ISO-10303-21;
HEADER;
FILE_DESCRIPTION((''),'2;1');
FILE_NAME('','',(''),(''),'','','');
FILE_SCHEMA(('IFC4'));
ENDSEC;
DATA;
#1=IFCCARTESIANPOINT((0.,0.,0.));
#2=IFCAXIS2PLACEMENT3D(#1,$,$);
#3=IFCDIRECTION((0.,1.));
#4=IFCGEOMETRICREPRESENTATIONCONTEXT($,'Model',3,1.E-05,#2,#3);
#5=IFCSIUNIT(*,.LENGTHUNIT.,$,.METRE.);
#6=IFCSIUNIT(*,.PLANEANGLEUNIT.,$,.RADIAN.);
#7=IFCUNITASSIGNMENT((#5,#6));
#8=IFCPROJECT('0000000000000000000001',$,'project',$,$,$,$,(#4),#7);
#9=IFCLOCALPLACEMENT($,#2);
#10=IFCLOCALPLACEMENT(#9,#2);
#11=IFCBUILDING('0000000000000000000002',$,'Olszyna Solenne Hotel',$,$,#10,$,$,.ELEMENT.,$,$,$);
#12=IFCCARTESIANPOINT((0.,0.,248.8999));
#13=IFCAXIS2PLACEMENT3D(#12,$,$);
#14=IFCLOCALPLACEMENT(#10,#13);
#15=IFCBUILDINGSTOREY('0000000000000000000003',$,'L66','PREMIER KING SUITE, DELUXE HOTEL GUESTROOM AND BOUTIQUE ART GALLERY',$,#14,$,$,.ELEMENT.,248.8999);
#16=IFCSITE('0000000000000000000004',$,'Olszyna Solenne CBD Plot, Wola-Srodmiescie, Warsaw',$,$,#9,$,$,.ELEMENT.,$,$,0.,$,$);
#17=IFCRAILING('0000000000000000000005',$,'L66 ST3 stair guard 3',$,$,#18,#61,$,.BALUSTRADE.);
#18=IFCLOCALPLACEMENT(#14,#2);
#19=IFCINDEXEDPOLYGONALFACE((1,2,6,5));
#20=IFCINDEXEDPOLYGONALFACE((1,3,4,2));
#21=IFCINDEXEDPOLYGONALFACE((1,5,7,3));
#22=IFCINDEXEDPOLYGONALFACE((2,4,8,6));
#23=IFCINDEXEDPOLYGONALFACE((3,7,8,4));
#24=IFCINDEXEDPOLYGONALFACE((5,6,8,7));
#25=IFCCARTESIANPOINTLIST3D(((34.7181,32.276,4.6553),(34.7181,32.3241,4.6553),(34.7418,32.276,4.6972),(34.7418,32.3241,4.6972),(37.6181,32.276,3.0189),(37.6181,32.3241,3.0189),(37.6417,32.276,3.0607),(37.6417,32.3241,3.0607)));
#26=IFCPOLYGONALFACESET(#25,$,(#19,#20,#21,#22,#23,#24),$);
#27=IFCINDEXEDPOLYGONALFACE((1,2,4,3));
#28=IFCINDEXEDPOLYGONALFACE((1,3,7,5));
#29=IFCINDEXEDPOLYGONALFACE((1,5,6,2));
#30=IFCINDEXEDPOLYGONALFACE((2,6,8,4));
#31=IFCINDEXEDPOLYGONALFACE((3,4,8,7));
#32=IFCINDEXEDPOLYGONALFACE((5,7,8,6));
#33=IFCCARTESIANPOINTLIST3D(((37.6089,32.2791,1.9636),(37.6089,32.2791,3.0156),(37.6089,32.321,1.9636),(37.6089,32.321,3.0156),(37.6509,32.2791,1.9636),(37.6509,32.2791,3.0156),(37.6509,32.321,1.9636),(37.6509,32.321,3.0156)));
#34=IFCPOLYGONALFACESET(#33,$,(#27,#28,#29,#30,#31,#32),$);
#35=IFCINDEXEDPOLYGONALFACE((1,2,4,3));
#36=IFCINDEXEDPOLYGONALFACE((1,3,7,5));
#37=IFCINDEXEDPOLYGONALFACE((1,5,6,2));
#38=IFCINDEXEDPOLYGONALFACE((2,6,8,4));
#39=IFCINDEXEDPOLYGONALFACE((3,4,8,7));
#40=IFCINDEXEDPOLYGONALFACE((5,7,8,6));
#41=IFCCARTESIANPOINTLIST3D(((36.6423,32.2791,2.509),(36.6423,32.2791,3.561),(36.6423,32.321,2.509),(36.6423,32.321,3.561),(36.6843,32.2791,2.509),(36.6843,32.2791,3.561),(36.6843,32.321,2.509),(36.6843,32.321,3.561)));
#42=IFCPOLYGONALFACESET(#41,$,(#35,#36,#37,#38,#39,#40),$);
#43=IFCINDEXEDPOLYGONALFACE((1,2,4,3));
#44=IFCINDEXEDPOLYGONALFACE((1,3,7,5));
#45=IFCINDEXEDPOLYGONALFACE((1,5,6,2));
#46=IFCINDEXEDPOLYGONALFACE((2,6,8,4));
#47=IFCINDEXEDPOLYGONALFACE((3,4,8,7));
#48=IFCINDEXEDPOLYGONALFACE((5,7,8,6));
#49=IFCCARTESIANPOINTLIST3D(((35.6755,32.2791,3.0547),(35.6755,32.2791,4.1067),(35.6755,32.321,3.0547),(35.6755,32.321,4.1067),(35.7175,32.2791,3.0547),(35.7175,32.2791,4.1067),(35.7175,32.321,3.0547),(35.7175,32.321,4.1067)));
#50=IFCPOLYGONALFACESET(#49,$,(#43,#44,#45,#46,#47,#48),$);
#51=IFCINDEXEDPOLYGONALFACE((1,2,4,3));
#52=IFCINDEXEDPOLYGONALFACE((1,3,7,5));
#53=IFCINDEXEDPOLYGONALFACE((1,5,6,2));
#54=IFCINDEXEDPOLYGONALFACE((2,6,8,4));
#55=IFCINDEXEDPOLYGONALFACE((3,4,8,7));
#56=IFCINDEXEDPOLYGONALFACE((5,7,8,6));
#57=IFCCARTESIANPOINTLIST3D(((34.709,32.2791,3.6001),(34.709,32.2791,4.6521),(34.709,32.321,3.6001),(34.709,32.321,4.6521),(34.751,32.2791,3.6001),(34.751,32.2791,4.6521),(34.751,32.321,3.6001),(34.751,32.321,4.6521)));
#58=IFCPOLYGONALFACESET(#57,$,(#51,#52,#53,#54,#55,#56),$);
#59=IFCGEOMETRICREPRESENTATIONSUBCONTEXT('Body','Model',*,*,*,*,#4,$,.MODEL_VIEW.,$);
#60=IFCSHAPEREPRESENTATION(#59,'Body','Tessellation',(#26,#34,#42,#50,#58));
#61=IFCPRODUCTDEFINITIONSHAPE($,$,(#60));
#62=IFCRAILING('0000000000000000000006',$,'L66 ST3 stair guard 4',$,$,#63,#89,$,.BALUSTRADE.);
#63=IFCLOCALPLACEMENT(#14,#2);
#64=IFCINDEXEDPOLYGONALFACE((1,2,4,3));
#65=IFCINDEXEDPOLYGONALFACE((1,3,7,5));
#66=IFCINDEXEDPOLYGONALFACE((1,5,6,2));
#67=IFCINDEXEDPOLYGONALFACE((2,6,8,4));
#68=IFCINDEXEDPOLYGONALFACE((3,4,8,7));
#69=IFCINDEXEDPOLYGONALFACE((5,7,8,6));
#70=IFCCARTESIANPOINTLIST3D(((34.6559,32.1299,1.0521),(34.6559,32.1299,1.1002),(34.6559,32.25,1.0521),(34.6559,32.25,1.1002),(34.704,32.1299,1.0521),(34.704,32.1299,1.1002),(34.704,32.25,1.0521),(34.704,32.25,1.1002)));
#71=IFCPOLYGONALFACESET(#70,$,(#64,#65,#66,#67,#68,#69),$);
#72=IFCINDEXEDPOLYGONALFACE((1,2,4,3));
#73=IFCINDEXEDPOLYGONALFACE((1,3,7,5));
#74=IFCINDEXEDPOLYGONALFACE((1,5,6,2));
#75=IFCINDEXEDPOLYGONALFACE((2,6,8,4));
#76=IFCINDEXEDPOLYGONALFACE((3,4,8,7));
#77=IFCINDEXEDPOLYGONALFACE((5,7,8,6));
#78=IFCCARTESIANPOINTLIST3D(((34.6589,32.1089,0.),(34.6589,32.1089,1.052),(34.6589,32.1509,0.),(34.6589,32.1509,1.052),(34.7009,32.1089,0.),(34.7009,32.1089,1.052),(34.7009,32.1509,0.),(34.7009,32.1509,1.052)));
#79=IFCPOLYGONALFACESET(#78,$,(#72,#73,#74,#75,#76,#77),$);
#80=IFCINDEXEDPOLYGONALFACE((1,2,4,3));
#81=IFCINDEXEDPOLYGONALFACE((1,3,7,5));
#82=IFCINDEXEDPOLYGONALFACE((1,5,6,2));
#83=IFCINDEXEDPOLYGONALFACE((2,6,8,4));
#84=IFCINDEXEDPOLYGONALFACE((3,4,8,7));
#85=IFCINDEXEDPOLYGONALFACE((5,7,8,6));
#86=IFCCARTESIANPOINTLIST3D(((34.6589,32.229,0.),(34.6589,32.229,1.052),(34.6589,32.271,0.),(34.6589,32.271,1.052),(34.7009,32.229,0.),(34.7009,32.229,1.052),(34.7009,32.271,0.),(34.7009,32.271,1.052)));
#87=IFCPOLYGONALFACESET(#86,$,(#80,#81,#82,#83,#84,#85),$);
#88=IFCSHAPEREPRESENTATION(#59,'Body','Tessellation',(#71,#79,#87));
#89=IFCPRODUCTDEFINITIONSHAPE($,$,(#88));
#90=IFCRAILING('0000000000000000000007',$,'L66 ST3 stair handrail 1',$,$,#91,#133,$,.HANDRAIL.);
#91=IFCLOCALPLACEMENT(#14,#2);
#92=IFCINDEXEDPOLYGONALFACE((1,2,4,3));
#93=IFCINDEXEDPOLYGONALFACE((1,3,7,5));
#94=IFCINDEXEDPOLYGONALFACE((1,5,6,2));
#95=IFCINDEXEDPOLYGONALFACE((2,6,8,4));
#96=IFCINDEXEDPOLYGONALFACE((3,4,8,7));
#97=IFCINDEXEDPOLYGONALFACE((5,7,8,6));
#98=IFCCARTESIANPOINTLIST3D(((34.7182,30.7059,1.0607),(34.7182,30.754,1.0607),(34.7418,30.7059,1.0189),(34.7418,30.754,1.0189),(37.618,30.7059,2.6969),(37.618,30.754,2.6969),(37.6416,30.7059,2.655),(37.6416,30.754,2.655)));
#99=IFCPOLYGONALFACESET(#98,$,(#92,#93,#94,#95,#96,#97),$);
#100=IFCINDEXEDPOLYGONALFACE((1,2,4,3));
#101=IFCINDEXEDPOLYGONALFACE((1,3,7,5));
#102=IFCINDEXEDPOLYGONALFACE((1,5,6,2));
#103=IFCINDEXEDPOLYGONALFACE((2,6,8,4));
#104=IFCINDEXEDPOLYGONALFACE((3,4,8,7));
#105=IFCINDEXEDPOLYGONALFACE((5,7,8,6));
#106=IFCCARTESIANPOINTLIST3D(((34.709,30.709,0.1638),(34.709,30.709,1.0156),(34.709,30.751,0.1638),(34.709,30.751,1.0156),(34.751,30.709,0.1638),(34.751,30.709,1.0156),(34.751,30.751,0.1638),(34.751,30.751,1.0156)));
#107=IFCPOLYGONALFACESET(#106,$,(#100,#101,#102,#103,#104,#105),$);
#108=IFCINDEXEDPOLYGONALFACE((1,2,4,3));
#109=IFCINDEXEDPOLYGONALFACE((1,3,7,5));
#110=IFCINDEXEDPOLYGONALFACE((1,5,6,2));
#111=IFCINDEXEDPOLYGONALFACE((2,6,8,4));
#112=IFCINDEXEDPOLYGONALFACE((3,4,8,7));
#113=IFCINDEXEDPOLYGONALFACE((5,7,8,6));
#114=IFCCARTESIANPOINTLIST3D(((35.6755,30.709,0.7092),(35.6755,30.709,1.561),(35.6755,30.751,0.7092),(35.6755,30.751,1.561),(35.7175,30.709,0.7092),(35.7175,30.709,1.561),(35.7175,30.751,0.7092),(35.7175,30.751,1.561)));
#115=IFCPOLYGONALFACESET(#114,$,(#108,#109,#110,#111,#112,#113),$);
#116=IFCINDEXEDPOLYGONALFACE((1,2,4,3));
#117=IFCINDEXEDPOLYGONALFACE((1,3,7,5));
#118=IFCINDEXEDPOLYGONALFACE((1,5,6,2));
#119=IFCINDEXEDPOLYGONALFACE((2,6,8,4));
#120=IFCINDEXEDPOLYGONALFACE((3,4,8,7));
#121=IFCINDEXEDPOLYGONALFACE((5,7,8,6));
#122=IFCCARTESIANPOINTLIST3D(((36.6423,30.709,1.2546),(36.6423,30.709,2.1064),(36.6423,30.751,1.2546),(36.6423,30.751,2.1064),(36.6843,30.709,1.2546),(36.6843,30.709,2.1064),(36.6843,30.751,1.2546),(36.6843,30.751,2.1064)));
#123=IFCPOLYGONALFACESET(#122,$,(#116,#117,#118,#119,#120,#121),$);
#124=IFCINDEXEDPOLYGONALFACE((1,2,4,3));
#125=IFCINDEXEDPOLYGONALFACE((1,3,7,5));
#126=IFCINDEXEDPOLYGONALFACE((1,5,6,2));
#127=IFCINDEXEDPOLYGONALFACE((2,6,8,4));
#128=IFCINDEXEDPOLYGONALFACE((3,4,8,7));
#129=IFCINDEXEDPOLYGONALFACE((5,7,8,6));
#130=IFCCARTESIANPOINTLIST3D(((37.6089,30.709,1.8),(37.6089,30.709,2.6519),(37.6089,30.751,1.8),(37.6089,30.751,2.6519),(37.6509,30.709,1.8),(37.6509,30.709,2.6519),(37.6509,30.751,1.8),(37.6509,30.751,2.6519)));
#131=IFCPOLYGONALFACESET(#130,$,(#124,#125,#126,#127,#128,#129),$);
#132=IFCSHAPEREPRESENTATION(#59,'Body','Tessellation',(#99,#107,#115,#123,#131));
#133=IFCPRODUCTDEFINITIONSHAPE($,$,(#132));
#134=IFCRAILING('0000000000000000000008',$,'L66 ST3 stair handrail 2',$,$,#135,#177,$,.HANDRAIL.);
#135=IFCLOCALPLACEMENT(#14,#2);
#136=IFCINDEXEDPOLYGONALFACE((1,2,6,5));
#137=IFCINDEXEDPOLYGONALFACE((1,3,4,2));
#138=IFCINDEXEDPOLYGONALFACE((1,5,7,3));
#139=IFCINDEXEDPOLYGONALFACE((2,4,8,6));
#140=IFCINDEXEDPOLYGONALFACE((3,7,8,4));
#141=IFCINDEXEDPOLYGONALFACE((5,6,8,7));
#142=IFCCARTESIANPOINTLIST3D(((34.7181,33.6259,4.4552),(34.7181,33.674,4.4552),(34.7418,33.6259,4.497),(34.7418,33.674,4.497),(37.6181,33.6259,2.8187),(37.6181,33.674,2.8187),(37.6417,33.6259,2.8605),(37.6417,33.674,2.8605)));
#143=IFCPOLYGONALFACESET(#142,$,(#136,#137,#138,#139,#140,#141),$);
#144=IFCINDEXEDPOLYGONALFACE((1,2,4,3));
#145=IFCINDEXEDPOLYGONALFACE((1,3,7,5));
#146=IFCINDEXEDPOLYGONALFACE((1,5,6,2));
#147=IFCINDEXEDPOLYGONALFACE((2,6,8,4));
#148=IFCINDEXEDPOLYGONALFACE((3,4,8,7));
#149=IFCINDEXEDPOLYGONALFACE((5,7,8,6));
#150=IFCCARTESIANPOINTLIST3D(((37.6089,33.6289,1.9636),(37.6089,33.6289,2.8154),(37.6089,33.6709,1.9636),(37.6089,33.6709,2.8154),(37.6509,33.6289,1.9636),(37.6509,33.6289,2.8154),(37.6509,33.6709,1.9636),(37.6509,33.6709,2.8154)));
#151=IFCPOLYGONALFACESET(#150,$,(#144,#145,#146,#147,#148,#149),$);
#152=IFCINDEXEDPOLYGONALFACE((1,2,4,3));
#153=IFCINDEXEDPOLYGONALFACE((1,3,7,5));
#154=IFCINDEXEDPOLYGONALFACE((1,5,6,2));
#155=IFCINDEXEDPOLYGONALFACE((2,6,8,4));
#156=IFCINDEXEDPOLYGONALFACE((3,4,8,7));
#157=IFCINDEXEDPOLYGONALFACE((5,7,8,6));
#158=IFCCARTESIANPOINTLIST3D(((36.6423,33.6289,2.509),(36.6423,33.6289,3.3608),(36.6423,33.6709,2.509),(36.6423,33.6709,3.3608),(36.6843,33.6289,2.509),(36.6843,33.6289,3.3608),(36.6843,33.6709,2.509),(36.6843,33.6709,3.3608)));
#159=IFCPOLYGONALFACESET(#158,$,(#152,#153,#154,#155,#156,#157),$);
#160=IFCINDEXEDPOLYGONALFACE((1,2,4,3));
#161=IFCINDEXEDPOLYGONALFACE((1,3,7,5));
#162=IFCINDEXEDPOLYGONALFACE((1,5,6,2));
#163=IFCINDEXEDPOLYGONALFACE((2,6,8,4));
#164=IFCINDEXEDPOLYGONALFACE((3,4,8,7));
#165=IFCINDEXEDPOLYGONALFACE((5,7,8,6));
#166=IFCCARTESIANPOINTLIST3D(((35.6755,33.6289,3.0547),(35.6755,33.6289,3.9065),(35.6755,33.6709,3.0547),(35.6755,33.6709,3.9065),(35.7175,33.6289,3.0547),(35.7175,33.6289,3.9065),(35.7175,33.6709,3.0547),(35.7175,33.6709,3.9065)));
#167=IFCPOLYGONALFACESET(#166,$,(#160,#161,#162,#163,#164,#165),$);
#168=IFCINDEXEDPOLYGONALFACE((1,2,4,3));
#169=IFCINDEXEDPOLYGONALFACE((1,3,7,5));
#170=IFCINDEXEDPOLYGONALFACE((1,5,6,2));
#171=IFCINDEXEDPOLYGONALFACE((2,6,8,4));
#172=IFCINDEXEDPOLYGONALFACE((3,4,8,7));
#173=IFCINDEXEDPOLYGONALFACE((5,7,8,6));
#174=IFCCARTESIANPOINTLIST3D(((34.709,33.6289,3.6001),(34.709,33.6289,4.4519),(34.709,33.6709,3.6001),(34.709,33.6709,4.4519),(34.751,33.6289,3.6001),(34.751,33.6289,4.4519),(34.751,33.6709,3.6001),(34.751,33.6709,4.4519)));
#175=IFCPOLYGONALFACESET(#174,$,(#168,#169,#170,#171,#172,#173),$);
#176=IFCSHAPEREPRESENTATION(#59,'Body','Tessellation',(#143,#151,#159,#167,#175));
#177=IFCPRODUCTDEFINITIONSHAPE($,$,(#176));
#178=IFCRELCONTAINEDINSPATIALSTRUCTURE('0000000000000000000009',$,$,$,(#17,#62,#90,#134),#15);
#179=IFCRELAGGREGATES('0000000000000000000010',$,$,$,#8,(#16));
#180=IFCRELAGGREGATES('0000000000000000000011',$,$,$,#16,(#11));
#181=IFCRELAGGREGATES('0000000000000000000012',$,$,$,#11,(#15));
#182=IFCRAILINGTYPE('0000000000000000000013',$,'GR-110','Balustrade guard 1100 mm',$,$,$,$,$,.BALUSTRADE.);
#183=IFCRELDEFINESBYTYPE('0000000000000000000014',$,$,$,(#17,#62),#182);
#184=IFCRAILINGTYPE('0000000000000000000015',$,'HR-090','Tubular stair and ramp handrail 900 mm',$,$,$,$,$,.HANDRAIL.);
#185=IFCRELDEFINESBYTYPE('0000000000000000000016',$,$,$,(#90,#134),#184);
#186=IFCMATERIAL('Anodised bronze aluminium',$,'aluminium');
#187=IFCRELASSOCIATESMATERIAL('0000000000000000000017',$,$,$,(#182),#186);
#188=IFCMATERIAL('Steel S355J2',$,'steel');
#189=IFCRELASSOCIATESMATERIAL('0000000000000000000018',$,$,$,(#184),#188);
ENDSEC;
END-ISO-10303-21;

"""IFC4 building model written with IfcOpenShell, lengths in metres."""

from ifc_helpers import new_model, si_unit, direction, frame, origin, origin_2d, place, context, subcontext, project, spatial, rectangle, extrude, material, type_object, element, save


model = new_model("IFC4")

# Units and contexts
model_context = context("Model", 3, precision=1e-05, world=origin(), true_north=direction((0.0, 1.0)))
body_context = subcontext(model_context, "Body", "Model", "MODEL_VIEW")
ifc_project = project(units=[si_unit("LENGTHUNIT", "METRE"), si_unit("PLANEANGLEUNIT", "RADIAN")], contexts=[model_context])

# Site, building, storey
site_placement = place(None, origin())
site = spatial("IfcSite", under=ifc_project, at=site_placement, Name="Olszyna Solenne CBD Plot, Wola-Srodmiescie, Warsaw", CompositionType="ELEMENT", RefElevation=0.0)
building_placement = place(site_placement, origin())
building = spatial("IfcBuilding", under=site, at=building_placement, Name="Olszyna Solenne Hotel", CompositionType="ELEMENT")
storey_placement = place(building_placement, frame((0.0, 0.0, 248.8999)))
storey = spatial("IfcBuildingStorey", under=building, at=storey_placement, Name="L66", Description="PREMIER KING SUITE, DELUXE HOTEL GUESTROOM AND BOUTIQUE ART GALLERY", CompositionType="ELEMENT", Elevation=248.8999)

# Shared definitions
ifc_material_1 = material(Name="Steel S355J2", Category="steel")

# Shared definitions
ifc_material_2 = material(Name="Anodised bronze aluminium", Category="aluminium")

# Railings
railing_type_1 = type_object("IfcRailingType", Name="GR-110", Description="Balustrade guard 1100 mm", PredefinedType="BALUSTRADE", material=ifc_material_2)
railing_1_placement = place(storey_placement, frame((37.6299, 32.3, 1.9636)))
element("IfcRailing", 1, at=railing_1_placement, inside=storey, type_object=railing_type_1, Name="L66 ST3 stair guard 3", PredefinedType="BALUSTRADE", context=body_context, shape_type="SweptSolid", body=[
    extrude(rectangle(XDim=0.0481, YDim=0.0481, at=origin_2d()), frame((0.0, 0.0, 1.0762), z_axis=(-0.870897, 0.0, 0.491465), x_axis=(0.0, -1.0, 0.0)), (0.0, 0.0, 1.0), 3.3298),
    extrude(rectangle(XDim=0.042, YDim=0.042, at=origin_2d()), origin(), (0.0, 0.0, 1.0), 1.052),
    extrude(rectangle(XDim=0.042, YDim=0.042, at=origin_2d()), frame((-0.9666, 0.0, 0.5454)), (0.0, 0.0, 1.0), 1.052),
    extrude(rectangle(XDim=0.042, YDim=0.042, at=origin_2d()), frame((-1.9333, 0.0, 1.0911)), (0.0, 0.0, 1.0), 1.052),
    extrude(rectangle(XDim=0.042, YDim=0.042, at=origin_2d()), frame((-2.8999, 0.0, 1.6365)), (0.0, 0.0, 1.0), 1.052),
])
railing_2_placement = place(storey_placement, frame((34.6799, 32.1299, 0.0)))
element("IfcRailing", 2, at=railing_2_placement, inside=storey, type_object=railing_type_1, Name="L66 ST3 stair guard 4", PredefinedType="BALUSTRADE", context=body_context, shape_type="SweptSolid", body=[
    extrude(rectangle(XDim=0.0481, YDim=0.0481, at=origin_2d()), frame((0.0, 0.0, 1.0762), z_axis=(0.0, 1.0, 0.0), x_axis=(-1.0, 0.0, 0.0)), (0.0, 0.0, 1.0), 0.1201),
    extrude(rectangle(XDim=0.042, YDim=0.042, at=origin_2d()), origin(), (0.0, 0.0, 1.0), 1.052),
    extrude(rectangle(XDim=0.042, YDim=0.042, at=origin_2d()), frame((0.0, 0.1201, 0.0)), (0.0, 0.0, 1.0), 1.052),
])
railing_type_2 = type_object("IfcRailingType", Name="HR-090", Description="Tubular stair and ramp handrail 900 mm", PredefinedType="HANDRAIL", material=ifc_material_1)
railing_3_placement = place(storey_placement, frame((34.73, 30.73, 0.1638)))
element("IfcRailing", 3, at=railing_3_placement, inside=storey, type_object=railing_type_2, Name="L66 ST3 stair handrail 1", PredefinedType="HANDRAIL", context=body_context, shape_type="SweptSolid", body=[
    extrude(rectangle(XDim=0.0481, YDim=0.0481, at=origin_2d()), frame((0.0, 0.0, 0.876), z_axis=(0.870929, 0.0, 0.49141), x_axis=(0.0, 1.0, 0.0)), (0.0, 0.0, 1.0), 3.3296),
    extrude(rectangle(XDim=0.042, YDim=0.042, at=origin_2d()), origin(), (0.0, 0.0, 1.0), 0.8518),
    extrude(rectangle(XDim=0.042, YDim=0.042, at=origin_2d()), frame((0.9666, 0.0, 0.5454)), (0.0, 0.0, 1.0), 0.8518),
    extrude(rectangle(XDim=0.042, YDim=0.042, at=origin_2d()), frame((1.9333, 0.0, 1.0908)), (0.0, 0.0, 1.0), 0.8518),
    extrude(rectangle(XDim=0.042, YDim=0.042, at=origin_2d()), frame((2.8999, 0.0, 1.6362)), (0.0, 0.0, 1.0), 0.8518),
])
railing_4_placement = place(storey_placement, frame((37.6299, 33.6499, 1.9636)))
element("IfcRailing", 4, at=railing_4_placement, inside=storey, type_object=railing_type_2, Name="L66 ST3 stair handrail 2", PredefinedType="HANDRAIL", context=body_context, shape_type="SweptSolid", body=[
    extrude(rectangle(XDim=0.0481, YDim=0.0481, at=origin_2d()), frame((0.0, 0.0, 0.876), z_axis=(-0.870897, 0.0, 0.491465), x_axis=(0.0, -1.0, 0.0)), (0.0, 0.0, 1.0), 3.3298),
    extrude(rectangle(XDim=0.042, YDim=0.042, at=origin_2d()), origin(), (0.0, 0.0, 1.0), 0.8518),
    extrude(rectangle(XDim=0.042, YDim=0.042, at=origin_2d()), frame((-0.9666, 0.0, 0.5454)), (0.0, 0.0, 1.0), 0.8518),
    extrude(rectangle(XDim=0.042, YDim=0.042, at=origin_2d()), frame((-1.9333, 0.0, 1.0911)), (0.0, 0.0, 1.0), 0.8518),
    extrude(rectangle(XDim=0.042, YDim=0.042, at=origin_2d()), frame((-2.8999, 0.0, 1.6365)), (0.0, 0.0, 1.0), 0.8518),
])

save(model, "model.ifc")
